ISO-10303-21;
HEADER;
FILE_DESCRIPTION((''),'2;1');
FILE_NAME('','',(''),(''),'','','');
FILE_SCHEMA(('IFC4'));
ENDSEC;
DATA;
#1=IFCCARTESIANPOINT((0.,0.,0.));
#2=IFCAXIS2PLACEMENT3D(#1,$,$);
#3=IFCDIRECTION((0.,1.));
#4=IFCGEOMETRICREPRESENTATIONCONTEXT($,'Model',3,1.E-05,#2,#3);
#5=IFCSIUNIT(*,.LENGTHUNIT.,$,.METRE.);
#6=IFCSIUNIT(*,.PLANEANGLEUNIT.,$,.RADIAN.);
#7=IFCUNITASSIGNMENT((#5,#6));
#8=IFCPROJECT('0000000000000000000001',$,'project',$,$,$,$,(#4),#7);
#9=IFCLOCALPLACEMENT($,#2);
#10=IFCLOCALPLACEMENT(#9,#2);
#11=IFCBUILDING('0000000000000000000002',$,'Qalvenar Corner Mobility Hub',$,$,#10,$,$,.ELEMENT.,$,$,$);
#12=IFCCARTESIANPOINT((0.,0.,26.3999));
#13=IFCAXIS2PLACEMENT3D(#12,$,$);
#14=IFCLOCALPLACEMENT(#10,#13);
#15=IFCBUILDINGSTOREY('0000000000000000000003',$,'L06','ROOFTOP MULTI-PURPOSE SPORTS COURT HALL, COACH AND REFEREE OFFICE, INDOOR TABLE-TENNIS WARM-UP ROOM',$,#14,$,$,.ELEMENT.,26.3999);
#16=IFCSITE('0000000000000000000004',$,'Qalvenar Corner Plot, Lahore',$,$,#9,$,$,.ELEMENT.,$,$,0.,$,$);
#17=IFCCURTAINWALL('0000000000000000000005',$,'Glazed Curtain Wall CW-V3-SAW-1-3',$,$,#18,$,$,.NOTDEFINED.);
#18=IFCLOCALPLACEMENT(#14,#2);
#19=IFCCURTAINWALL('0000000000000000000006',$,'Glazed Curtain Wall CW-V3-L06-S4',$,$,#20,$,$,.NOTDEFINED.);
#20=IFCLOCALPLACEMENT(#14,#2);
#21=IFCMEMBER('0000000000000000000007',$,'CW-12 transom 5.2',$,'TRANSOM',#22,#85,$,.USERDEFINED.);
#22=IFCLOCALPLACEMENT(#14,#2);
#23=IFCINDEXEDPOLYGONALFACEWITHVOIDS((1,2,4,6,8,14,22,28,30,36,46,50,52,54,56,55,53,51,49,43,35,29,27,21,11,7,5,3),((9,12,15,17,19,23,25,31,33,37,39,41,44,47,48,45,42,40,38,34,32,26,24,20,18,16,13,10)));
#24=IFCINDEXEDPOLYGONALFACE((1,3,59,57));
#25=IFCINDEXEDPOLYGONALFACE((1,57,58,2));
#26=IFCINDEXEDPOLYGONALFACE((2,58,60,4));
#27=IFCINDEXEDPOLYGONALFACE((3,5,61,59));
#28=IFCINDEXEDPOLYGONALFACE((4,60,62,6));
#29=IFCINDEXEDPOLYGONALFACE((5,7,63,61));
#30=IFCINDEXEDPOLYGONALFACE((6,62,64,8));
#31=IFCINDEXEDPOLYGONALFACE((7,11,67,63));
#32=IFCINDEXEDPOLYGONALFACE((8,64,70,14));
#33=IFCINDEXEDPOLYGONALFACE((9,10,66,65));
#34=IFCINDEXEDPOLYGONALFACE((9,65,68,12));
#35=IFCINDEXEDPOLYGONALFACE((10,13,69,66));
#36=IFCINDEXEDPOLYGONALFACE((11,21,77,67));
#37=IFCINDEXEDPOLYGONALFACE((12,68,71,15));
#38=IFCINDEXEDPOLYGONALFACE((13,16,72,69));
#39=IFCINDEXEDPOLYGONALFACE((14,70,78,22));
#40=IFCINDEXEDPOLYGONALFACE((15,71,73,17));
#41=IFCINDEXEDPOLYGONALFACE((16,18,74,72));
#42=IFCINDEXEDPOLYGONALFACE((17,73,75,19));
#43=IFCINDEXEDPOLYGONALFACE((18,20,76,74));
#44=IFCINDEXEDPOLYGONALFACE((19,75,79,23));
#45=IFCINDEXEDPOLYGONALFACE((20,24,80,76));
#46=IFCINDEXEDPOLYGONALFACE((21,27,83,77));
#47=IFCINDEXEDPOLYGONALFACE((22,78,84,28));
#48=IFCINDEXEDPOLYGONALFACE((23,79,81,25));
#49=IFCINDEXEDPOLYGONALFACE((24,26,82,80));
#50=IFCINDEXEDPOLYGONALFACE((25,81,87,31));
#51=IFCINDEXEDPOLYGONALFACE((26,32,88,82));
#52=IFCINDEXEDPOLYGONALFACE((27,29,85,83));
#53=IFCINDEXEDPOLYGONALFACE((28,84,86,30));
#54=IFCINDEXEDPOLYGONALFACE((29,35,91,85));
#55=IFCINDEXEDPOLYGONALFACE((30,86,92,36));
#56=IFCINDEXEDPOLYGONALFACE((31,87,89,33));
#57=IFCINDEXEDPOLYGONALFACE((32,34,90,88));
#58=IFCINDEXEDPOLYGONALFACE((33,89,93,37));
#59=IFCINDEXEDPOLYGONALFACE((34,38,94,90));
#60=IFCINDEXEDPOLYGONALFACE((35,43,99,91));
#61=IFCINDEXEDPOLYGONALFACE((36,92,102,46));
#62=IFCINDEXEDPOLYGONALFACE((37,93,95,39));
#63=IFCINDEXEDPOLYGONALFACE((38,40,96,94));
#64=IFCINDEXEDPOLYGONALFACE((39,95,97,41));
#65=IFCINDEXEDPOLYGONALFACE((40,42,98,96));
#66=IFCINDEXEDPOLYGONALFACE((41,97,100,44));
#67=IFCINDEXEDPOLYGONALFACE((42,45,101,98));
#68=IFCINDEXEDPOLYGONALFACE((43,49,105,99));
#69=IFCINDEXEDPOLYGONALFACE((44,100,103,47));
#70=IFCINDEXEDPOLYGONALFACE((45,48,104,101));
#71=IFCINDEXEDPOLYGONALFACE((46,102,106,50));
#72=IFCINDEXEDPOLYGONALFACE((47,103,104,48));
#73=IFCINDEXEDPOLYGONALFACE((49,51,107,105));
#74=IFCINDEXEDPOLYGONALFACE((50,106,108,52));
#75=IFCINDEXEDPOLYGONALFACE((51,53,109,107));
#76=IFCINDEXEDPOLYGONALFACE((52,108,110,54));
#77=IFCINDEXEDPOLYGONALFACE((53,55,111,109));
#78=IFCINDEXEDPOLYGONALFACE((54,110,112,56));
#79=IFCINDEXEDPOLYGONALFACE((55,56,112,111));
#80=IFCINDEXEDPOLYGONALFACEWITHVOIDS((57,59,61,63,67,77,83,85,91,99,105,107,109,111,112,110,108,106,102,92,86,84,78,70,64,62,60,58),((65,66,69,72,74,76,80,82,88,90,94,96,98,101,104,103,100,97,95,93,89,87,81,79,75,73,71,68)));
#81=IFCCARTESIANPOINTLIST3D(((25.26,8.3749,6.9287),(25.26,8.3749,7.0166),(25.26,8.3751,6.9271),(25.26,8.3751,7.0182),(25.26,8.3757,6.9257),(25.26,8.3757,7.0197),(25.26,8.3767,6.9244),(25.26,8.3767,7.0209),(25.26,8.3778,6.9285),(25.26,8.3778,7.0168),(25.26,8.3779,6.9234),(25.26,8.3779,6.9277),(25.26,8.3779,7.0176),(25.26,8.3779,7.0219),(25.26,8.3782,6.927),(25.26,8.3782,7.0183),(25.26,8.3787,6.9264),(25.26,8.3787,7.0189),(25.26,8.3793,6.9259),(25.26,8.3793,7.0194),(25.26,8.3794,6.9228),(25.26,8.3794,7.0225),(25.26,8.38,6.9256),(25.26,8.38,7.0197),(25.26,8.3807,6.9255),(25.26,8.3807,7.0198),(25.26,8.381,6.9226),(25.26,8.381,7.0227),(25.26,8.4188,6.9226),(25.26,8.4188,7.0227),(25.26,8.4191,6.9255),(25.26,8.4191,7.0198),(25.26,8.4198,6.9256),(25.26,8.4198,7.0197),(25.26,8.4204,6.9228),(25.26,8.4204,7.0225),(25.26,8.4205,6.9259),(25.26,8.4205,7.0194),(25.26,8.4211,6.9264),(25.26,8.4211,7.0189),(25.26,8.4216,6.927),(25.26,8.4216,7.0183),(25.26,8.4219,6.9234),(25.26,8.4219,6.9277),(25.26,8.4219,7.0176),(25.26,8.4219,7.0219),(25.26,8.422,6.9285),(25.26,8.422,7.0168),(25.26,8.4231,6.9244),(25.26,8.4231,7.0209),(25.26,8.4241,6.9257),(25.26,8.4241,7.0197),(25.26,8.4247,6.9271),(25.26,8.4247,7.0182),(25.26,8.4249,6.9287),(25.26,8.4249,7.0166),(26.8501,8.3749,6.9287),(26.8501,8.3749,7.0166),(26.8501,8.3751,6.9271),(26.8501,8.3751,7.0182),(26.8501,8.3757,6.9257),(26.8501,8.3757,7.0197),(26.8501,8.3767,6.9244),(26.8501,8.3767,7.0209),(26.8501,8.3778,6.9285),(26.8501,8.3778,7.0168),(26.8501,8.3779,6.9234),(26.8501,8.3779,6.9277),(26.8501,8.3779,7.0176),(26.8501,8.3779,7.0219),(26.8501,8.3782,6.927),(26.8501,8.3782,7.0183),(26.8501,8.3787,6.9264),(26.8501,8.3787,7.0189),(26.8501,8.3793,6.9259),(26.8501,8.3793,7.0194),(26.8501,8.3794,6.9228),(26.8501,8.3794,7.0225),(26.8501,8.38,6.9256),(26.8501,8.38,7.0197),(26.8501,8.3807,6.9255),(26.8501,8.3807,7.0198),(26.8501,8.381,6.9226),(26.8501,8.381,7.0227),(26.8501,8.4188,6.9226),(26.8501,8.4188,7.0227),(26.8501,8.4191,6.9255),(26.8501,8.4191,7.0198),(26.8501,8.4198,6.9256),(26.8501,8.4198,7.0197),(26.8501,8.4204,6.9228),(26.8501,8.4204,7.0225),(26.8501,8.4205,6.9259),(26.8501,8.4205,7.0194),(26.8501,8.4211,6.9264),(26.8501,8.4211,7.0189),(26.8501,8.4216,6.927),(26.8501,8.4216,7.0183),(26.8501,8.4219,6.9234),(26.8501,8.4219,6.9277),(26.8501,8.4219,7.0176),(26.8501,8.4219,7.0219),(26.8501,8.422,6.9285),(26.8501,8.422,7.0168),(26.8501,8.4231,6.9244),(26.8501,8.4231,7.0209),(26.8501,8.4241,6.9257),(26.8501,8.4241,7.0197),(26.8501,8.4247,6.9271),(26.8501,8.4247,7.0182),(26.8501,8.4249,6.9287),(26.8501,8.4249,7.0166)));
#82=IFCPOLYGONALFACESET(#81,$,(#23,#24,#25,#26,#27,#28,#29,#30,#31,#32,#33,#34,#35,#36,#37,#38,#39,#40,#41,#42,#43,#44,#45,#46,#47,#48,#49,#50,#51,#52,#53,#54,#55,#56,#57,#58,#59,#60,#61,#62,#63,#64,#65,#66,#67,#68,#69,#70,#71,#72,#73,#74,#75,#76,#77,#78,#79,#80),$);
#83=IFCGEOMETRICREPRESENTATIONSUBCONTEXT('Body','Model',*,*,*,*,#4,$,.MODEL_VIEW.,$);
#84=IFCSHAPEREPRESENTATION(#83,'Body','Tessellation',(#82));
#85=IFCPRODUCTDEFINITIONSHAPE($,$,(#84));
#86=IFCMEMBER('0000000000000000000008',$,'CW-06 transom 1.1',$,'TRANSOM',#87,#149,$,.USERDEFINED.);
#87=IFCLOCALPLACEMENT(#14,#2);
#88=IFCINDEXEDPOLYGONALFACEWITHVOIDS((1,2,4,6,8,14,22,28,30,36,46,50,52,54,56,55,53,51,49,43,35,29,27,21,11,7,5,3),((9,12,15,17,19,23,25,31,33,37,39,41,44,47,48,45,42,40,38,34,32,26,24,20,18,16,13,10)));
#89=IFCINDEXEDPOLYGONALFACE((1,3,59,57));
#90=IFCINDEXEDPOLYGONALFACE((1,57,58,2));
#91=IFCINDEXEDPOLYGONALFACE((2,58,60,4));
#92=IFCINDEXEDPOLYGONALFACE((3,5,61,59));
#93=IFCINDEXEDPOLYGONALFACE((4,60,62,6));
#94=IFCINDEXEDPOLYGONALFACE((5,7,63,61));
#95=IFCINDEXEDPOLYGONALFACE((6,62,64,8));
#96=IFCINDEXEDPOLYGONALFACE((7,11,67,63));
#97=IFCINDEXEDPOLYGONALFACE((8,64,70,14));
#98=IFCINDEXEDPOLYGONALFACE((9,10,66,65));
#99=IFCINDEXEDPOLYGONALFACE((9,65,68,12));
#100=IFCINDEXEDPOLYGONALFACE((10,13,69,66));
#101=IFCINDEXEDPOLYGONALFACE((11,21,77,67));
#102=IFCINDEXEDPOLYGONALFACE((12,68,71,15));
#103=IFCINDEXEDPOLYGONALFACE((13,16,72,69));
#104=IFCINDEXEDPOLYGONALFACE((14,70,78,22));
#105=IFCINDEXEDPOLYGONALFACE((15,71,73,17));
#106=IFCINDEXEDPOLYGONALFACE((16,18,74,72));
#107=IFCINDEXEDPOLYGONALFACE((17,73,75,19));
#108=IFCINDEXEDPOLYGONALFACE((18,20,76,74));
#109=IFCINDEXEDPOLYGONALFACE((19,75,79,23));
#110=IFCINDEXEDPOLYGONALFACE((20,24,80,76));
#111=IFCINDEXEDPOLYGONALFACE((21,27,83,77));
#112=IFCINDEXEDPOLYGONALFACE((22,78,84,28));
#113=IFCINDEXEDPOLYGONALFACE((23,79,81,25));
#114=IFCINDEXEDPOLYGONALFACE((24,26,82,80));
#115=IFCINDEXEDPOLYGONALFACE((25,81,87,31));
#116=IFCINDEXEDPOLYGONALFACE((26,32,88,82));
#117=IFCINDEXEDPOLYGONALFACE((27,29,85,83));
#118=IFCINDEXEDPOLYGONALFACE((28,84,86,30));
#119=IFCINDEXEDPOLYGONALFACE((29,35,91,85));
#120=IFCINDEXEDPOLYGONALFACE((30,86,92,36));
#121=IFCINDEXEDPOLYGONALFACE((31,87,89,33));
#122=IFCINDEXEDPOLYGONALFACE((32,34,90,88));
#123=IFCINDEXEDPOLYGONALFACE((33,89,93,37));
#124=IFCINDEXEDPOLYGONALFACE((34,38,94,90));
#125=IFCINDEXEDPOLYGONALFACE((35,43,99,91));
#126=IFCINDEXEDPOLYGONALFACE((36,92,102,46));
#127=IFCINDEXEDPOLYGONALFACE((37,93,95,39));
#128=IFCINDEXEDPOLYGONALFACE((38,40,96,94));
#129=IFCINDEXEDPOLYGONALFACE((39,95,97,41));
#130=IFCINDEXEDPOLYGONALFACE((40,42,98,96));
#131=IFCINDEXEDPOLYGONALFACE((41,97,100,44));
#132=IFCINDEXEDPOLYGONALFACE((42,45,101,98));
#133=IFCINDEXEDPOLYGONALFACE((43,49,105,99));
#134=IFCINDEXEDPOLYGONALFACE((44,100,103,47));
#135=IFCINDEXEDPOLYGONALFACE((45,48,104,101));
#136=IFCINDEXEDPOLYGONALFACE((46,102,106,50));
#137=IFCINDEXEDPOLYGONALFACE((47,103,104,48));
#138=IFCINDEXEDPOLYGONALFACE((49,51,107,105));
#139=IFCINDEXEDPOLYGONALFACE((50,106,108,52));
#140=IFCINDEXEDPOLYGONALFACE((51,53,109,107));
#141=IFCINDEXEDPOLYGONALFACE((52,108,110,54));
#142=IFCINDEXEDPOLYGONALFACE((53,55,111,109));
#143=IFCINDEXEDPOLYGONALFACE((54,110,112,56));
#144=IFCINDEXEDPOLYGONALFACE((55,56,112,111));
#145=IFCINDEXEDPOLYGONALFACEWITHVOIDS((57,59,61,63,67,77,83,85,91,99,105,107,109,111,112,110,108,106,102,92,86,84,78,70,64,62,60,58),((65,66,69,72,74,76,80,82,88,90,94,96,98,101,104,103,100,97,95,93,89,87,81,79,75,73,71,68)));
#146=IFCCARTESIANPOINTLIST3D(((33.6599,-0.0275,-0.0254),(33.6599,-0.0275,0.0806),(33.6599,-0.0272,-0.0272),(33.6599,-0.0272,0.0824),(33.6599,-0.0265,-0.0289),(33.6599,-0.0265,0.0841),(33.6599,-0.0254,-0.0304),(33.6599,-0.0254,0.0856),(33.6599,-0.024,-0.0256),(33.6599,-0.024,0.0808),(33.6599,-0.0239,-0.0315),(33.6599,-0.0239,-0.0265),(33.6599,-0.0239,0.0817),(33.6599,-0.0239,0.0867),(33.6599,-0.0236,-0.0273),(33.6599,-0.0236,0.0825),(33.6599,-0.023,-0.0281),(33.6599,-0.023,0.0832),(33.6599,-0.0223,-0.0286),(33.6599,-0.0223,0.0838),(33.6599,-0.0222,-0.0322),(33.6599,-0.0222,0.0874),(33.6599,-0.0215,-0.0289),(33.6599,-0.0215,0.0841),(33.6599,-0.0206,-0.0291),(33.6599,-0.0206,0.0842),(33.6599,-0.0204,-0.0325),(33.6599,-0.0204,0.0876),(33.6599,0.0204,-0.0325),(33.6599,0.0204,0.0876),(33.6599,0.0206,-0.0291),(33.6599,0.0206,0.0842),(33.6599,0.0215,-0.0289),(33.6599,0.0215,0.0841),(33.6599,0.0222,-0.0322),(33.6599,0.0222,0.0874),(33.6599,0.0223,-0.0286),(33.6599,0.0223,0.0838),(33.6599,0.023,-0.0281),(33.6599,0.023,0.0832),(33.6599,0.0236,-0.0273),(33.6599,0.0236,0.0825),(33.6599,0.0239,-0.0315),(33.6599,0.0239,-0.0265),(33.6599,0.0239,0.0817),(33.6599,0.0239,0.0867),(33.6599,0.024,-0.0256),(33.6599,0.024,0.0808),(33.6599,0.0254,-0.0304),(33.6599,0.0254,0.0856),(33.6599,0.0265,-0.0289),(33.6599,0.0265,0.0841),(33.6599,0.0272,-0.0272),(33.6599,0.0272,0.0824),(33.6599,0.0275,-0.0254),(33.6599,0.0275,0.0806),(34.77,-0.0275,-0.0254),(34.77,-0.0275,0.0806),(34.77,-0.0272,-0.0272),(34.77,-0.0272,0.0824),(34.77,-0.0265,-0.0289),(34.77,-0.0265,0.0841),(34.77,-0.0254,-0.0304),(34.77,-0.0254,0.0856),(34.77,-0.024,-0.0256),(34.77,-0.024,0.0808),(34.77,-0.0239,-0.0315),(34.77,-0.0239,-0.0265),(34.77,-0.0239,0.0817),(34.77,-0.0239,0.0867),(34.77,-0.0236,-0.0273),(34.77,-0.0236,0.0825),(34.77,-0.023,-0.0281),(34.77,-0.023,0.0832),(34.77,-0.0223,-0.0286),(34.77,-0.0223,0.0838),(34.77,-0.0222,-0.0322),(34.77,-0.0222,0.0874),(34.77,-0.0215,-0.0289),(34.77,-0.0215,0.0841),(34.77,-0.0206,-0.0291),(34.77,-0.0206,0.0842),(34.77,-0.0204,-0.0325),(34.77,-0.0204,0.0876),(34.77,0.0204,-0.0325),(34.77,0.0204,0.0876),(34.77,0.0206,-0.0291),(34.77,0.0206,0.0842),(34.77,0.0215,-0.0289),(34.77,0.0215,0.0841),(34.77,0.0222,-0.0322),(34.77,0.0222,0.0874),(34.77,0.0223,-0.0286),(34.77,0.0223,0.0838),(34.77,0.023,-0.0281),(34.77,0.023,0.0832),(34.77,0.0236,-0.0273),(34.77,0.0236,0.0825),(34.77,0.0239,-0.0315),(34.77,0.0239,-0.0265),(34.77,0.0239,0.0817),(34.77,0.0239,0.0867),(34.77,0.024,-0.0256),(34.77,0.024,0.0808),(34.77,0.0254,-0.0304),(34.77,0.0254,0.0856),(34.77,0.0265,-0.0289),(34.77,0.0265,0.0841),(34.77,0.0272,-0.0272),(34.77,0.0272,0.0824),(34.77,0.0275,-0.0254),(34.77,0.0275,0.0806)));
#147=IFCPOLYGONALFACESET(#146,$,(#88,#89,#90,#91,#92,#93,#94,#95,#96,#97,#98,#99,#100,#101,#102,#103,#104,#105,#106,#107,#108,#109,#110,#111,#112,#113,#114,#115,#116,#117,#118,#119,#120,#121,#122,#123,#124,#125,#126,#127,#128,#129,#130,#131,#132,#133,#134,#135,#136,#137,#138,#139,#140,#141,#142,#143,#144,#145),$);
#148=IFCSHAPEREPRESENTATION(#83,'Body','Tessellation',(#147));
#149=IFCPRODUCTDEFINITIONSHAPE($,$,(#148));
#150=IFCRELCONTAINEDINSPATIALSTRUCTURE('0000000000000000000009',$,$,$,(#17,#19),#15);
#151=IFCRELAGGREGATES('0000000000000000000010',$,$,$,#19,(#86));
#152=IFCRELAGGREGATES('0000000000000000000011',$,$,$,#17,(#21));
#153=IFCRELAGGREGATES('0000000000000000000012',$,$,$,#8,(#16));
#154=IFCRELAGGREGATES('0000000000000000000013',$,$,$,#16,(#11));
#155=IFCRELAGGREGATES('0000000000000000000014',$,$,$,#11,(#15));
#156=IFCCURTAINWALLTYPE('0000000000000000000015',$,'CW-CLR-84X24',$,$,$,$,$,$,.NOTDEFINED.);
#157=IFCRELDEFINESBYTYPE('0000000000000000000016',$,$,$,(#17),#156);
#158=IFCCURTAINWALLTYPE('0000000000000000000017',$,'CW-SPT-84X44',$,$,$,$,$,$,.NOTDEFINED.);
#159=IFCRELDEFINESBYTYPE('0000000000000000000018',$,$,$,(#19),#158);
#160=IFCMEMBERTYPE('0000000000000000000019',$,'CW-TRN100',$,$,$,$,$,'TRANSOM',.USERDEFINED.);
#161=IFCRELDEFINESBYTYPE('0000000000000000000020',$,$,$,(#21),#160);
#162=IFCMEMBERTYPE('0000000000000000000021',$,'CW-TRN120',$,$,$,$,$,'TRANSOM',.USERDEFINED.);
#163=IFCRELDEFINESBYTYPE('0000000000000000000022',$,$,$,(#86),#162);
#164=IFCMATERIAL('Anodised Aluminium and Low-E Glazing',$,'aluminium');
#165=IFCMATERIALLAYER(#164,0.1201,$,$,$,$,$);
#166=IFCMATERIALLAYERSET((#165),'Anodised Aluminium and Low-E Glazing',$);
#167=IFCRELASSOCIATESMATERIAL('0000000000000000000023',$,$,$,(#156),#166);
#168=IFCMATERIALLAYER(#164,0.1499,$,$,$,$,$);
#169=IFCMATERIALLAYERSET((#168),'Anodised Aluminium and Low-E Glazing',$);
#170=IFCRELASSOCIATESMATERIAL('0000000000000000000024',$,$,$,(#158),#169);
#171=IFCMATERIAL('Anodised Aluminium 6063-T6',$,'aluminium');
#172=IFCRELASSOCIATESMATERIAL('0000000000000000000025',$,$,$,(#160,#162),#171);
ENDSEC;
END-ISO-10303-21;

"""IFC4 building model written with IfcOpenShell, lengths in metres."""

from ifc_helpers import new_model, si_unit, direction, frame, origin, origin_2d, place, context, subcontext, project, spatial, hollow_rectangle, extrude, material, layer, layer_set, material_profile, profile_set, type_object, element, aggregate, save


model = new_model("IFC4")

# Units and contexts
model_context = context("Model", 3, precision=1e-05, world=origin(), true_north=direction((0.0, 1.0)))
body_context = subcontext(model_context, "Body", "Model", "MODEL_VIEW")
ifc_project = project(units=[si_unit("LENGTHUNIT", "METRE"), si_unit("PLANEANGLEUNIT", "RADIAN")], contexts=[model_context])

# Site, building, storey
site_placement = place(None, origin())
site = spatial("IfcSite", under=ifc_project, at=site_placement, Name="Qalvenar Corner Plot, Lahore", CompositionType="ELEMENT", RefElevation=0.0)
building_placement = place(site_placement, origin())
building = spatial("IfcBuilding", under=site, at=building_placement, Name="Qalvenar Corner Mobility Hub", CompositionType="ELEMENT")
storey_placement = place(building_placement, frame((0.0, 0.0, 26.3999)))
storey = spatial("IfcBuildingStorey", under=building, at=storey_placement, Name="L06", Description="ROOFTOP MULTI-PURPOSE SPORTS COURT HALL, COACH AND REFEREE OFFICE, INDOOR TABLE-TENNIS WARM-UP ROOM", CompositionType="ELEMENT", Elevation=26.3999)

# Curtain walls
ifc_material_1 = material(Name="Anodised Aluminium and Low-E Glazing", Category="aluminium")
ifc_layer_1 = layer(ifc_material_1, 0.1201)
ifc_layer_set_1 = layer_set([ifc_layer_1], Name="Anodised Aluminium and Low-E Glazing")
curtain_wall_type_1 = type_object("IfcCurtainWallType", Name="CW-CLR-84X24", PredefinedType="NOTDEFINED", material=ifc_layer_set_1)
curtain_wall_1_placement = place(storey_placement, origin())
curtain_wall_1 = element("IfcCurtainWall", 1, at=curtain_wall_1_placement, inside=storey, type_object=curtain_wall_type_1, Name="Glazed Curtain Wall CW-V3-SAW-1-3", PredefinedType="NOTDEFINED")
ifc_material_2 = material(Name="Anodised Aluminium 6063-T6", Category="aluminium")
ifc_layer_2 = layer(ifc_material_1, 0.1499)
ifc_layer_set_2 = layer_set([ifc_layer_2], Name="Anodised Aluminium and Low-E Glazing")
curtain_wall_type_2 = type_object("IfcCurtainWallType", Name="CW-SPT-84X44", PredefinedType="NOTDEFINED", material=ifc_layer_set_2)
curtain_wall_2_placement = place(storey_placement, origin())
curtain_wall_2 = element("IfcCurtainWall", 2, at=curtain_wall_2_placement, inside=storey, type_object=curtain_wall_type_2, Name="Glazed Curtain Wall CW-V3-L06-S4", PredefinedType="NOTDEFINED")

# Members
ifc_material_profile_1 = material_profile(ifc_material_2, hollow_rectangle(XDim=0.05, YDim=0.1001, WallThickness=0.0029, InnerFilletRadius=0.0029, OuterFilletRadius=0.0061, at=origin_2d()), Name="RHS100x50x3")
ifc_profile_set_1 = profile_set([ifc_material_profile_1], Name="Anodised Aluminium 6063-T6")
member_type_1 = type_object("IfcMemberType", Name="CW-TRN100", ElementType="TRANSOM", PredefinedType="USERDEFINED", material=ifc_profile_set_1)
member_1_placement = place(storey_placement, frame((26.8501, 8.3999, 6.9727), z_axis=(-1.0, 0.0, 0.0), x_axis=(0.0, -1.0, 0.0)))
member_1 = element("IfcMember", 3, at=member_1_placement, type_object=member_type_1, Name="CW-12 transom 5.2", ObjectType="TRANSOM", PredefinedType="USERDEFINED", context=body_context, shape_type="SweptSolid", body=[
    extrude(hollow_rectangle(XDim=0.05, YDim=0.1001, WallThickness=0.0029, InnerFilletRadius=0.0029, OuterFilletRadius=0.0061, at=origin_2d()), origin(), (0.0, 0.0, 1.0), 1.5901),
])
ifc_material_profile_2 = material_profile(ifc_material_2, hollow_rectangle(XDim=0.0549, YDim=0.1201, WallThickness=0.0034, InnerFilletRadius=0.0034, OuterFilletRadius=0.0071, at=origin_2d()), Name="RHS120x55x3.5")
ifc_profile_set_2 = profile_set([ifc_material_profile_2], Name="Anodised Aluminium 6063-T6")
member_type_2 = type_object("IfcMemberType", Name="CW-TRN120", ElementType="TRANSOM", PredefinedType="USERDEFINED", material=ifc_profile_set_2)
member_2_placement = place(storey_placement, frame((33.6599, 0.0, 0.0276), z_axis=(1.0, 0.0, 0.0), x_axis=(0.0, 1.0, 0.0)))
member_2 = element("IfcMember", 4, at=member_2_placement, type_object=member_type_2, Name="CW-06 transom 1.1", ObjectType="TRANSOM", PredefinedType="USERDEFINED", context=body_context, shape_type="SweptSolid", body=[
    extrude(hollow_rectangle(XDim=0.0549, YDim=0.1201, WallThickness=0.0034, InnerFilletRadius=0.0034, OuterFilletRadius=0.0071, at=origin_2d()), origin(), (0.0, 0.0, 1.0), 1.1101),
])

aggregate(curtain_wall_2, [member_2])
aggregate(curtain_wall_1, [member_1])

save(model, "model.ifc")
